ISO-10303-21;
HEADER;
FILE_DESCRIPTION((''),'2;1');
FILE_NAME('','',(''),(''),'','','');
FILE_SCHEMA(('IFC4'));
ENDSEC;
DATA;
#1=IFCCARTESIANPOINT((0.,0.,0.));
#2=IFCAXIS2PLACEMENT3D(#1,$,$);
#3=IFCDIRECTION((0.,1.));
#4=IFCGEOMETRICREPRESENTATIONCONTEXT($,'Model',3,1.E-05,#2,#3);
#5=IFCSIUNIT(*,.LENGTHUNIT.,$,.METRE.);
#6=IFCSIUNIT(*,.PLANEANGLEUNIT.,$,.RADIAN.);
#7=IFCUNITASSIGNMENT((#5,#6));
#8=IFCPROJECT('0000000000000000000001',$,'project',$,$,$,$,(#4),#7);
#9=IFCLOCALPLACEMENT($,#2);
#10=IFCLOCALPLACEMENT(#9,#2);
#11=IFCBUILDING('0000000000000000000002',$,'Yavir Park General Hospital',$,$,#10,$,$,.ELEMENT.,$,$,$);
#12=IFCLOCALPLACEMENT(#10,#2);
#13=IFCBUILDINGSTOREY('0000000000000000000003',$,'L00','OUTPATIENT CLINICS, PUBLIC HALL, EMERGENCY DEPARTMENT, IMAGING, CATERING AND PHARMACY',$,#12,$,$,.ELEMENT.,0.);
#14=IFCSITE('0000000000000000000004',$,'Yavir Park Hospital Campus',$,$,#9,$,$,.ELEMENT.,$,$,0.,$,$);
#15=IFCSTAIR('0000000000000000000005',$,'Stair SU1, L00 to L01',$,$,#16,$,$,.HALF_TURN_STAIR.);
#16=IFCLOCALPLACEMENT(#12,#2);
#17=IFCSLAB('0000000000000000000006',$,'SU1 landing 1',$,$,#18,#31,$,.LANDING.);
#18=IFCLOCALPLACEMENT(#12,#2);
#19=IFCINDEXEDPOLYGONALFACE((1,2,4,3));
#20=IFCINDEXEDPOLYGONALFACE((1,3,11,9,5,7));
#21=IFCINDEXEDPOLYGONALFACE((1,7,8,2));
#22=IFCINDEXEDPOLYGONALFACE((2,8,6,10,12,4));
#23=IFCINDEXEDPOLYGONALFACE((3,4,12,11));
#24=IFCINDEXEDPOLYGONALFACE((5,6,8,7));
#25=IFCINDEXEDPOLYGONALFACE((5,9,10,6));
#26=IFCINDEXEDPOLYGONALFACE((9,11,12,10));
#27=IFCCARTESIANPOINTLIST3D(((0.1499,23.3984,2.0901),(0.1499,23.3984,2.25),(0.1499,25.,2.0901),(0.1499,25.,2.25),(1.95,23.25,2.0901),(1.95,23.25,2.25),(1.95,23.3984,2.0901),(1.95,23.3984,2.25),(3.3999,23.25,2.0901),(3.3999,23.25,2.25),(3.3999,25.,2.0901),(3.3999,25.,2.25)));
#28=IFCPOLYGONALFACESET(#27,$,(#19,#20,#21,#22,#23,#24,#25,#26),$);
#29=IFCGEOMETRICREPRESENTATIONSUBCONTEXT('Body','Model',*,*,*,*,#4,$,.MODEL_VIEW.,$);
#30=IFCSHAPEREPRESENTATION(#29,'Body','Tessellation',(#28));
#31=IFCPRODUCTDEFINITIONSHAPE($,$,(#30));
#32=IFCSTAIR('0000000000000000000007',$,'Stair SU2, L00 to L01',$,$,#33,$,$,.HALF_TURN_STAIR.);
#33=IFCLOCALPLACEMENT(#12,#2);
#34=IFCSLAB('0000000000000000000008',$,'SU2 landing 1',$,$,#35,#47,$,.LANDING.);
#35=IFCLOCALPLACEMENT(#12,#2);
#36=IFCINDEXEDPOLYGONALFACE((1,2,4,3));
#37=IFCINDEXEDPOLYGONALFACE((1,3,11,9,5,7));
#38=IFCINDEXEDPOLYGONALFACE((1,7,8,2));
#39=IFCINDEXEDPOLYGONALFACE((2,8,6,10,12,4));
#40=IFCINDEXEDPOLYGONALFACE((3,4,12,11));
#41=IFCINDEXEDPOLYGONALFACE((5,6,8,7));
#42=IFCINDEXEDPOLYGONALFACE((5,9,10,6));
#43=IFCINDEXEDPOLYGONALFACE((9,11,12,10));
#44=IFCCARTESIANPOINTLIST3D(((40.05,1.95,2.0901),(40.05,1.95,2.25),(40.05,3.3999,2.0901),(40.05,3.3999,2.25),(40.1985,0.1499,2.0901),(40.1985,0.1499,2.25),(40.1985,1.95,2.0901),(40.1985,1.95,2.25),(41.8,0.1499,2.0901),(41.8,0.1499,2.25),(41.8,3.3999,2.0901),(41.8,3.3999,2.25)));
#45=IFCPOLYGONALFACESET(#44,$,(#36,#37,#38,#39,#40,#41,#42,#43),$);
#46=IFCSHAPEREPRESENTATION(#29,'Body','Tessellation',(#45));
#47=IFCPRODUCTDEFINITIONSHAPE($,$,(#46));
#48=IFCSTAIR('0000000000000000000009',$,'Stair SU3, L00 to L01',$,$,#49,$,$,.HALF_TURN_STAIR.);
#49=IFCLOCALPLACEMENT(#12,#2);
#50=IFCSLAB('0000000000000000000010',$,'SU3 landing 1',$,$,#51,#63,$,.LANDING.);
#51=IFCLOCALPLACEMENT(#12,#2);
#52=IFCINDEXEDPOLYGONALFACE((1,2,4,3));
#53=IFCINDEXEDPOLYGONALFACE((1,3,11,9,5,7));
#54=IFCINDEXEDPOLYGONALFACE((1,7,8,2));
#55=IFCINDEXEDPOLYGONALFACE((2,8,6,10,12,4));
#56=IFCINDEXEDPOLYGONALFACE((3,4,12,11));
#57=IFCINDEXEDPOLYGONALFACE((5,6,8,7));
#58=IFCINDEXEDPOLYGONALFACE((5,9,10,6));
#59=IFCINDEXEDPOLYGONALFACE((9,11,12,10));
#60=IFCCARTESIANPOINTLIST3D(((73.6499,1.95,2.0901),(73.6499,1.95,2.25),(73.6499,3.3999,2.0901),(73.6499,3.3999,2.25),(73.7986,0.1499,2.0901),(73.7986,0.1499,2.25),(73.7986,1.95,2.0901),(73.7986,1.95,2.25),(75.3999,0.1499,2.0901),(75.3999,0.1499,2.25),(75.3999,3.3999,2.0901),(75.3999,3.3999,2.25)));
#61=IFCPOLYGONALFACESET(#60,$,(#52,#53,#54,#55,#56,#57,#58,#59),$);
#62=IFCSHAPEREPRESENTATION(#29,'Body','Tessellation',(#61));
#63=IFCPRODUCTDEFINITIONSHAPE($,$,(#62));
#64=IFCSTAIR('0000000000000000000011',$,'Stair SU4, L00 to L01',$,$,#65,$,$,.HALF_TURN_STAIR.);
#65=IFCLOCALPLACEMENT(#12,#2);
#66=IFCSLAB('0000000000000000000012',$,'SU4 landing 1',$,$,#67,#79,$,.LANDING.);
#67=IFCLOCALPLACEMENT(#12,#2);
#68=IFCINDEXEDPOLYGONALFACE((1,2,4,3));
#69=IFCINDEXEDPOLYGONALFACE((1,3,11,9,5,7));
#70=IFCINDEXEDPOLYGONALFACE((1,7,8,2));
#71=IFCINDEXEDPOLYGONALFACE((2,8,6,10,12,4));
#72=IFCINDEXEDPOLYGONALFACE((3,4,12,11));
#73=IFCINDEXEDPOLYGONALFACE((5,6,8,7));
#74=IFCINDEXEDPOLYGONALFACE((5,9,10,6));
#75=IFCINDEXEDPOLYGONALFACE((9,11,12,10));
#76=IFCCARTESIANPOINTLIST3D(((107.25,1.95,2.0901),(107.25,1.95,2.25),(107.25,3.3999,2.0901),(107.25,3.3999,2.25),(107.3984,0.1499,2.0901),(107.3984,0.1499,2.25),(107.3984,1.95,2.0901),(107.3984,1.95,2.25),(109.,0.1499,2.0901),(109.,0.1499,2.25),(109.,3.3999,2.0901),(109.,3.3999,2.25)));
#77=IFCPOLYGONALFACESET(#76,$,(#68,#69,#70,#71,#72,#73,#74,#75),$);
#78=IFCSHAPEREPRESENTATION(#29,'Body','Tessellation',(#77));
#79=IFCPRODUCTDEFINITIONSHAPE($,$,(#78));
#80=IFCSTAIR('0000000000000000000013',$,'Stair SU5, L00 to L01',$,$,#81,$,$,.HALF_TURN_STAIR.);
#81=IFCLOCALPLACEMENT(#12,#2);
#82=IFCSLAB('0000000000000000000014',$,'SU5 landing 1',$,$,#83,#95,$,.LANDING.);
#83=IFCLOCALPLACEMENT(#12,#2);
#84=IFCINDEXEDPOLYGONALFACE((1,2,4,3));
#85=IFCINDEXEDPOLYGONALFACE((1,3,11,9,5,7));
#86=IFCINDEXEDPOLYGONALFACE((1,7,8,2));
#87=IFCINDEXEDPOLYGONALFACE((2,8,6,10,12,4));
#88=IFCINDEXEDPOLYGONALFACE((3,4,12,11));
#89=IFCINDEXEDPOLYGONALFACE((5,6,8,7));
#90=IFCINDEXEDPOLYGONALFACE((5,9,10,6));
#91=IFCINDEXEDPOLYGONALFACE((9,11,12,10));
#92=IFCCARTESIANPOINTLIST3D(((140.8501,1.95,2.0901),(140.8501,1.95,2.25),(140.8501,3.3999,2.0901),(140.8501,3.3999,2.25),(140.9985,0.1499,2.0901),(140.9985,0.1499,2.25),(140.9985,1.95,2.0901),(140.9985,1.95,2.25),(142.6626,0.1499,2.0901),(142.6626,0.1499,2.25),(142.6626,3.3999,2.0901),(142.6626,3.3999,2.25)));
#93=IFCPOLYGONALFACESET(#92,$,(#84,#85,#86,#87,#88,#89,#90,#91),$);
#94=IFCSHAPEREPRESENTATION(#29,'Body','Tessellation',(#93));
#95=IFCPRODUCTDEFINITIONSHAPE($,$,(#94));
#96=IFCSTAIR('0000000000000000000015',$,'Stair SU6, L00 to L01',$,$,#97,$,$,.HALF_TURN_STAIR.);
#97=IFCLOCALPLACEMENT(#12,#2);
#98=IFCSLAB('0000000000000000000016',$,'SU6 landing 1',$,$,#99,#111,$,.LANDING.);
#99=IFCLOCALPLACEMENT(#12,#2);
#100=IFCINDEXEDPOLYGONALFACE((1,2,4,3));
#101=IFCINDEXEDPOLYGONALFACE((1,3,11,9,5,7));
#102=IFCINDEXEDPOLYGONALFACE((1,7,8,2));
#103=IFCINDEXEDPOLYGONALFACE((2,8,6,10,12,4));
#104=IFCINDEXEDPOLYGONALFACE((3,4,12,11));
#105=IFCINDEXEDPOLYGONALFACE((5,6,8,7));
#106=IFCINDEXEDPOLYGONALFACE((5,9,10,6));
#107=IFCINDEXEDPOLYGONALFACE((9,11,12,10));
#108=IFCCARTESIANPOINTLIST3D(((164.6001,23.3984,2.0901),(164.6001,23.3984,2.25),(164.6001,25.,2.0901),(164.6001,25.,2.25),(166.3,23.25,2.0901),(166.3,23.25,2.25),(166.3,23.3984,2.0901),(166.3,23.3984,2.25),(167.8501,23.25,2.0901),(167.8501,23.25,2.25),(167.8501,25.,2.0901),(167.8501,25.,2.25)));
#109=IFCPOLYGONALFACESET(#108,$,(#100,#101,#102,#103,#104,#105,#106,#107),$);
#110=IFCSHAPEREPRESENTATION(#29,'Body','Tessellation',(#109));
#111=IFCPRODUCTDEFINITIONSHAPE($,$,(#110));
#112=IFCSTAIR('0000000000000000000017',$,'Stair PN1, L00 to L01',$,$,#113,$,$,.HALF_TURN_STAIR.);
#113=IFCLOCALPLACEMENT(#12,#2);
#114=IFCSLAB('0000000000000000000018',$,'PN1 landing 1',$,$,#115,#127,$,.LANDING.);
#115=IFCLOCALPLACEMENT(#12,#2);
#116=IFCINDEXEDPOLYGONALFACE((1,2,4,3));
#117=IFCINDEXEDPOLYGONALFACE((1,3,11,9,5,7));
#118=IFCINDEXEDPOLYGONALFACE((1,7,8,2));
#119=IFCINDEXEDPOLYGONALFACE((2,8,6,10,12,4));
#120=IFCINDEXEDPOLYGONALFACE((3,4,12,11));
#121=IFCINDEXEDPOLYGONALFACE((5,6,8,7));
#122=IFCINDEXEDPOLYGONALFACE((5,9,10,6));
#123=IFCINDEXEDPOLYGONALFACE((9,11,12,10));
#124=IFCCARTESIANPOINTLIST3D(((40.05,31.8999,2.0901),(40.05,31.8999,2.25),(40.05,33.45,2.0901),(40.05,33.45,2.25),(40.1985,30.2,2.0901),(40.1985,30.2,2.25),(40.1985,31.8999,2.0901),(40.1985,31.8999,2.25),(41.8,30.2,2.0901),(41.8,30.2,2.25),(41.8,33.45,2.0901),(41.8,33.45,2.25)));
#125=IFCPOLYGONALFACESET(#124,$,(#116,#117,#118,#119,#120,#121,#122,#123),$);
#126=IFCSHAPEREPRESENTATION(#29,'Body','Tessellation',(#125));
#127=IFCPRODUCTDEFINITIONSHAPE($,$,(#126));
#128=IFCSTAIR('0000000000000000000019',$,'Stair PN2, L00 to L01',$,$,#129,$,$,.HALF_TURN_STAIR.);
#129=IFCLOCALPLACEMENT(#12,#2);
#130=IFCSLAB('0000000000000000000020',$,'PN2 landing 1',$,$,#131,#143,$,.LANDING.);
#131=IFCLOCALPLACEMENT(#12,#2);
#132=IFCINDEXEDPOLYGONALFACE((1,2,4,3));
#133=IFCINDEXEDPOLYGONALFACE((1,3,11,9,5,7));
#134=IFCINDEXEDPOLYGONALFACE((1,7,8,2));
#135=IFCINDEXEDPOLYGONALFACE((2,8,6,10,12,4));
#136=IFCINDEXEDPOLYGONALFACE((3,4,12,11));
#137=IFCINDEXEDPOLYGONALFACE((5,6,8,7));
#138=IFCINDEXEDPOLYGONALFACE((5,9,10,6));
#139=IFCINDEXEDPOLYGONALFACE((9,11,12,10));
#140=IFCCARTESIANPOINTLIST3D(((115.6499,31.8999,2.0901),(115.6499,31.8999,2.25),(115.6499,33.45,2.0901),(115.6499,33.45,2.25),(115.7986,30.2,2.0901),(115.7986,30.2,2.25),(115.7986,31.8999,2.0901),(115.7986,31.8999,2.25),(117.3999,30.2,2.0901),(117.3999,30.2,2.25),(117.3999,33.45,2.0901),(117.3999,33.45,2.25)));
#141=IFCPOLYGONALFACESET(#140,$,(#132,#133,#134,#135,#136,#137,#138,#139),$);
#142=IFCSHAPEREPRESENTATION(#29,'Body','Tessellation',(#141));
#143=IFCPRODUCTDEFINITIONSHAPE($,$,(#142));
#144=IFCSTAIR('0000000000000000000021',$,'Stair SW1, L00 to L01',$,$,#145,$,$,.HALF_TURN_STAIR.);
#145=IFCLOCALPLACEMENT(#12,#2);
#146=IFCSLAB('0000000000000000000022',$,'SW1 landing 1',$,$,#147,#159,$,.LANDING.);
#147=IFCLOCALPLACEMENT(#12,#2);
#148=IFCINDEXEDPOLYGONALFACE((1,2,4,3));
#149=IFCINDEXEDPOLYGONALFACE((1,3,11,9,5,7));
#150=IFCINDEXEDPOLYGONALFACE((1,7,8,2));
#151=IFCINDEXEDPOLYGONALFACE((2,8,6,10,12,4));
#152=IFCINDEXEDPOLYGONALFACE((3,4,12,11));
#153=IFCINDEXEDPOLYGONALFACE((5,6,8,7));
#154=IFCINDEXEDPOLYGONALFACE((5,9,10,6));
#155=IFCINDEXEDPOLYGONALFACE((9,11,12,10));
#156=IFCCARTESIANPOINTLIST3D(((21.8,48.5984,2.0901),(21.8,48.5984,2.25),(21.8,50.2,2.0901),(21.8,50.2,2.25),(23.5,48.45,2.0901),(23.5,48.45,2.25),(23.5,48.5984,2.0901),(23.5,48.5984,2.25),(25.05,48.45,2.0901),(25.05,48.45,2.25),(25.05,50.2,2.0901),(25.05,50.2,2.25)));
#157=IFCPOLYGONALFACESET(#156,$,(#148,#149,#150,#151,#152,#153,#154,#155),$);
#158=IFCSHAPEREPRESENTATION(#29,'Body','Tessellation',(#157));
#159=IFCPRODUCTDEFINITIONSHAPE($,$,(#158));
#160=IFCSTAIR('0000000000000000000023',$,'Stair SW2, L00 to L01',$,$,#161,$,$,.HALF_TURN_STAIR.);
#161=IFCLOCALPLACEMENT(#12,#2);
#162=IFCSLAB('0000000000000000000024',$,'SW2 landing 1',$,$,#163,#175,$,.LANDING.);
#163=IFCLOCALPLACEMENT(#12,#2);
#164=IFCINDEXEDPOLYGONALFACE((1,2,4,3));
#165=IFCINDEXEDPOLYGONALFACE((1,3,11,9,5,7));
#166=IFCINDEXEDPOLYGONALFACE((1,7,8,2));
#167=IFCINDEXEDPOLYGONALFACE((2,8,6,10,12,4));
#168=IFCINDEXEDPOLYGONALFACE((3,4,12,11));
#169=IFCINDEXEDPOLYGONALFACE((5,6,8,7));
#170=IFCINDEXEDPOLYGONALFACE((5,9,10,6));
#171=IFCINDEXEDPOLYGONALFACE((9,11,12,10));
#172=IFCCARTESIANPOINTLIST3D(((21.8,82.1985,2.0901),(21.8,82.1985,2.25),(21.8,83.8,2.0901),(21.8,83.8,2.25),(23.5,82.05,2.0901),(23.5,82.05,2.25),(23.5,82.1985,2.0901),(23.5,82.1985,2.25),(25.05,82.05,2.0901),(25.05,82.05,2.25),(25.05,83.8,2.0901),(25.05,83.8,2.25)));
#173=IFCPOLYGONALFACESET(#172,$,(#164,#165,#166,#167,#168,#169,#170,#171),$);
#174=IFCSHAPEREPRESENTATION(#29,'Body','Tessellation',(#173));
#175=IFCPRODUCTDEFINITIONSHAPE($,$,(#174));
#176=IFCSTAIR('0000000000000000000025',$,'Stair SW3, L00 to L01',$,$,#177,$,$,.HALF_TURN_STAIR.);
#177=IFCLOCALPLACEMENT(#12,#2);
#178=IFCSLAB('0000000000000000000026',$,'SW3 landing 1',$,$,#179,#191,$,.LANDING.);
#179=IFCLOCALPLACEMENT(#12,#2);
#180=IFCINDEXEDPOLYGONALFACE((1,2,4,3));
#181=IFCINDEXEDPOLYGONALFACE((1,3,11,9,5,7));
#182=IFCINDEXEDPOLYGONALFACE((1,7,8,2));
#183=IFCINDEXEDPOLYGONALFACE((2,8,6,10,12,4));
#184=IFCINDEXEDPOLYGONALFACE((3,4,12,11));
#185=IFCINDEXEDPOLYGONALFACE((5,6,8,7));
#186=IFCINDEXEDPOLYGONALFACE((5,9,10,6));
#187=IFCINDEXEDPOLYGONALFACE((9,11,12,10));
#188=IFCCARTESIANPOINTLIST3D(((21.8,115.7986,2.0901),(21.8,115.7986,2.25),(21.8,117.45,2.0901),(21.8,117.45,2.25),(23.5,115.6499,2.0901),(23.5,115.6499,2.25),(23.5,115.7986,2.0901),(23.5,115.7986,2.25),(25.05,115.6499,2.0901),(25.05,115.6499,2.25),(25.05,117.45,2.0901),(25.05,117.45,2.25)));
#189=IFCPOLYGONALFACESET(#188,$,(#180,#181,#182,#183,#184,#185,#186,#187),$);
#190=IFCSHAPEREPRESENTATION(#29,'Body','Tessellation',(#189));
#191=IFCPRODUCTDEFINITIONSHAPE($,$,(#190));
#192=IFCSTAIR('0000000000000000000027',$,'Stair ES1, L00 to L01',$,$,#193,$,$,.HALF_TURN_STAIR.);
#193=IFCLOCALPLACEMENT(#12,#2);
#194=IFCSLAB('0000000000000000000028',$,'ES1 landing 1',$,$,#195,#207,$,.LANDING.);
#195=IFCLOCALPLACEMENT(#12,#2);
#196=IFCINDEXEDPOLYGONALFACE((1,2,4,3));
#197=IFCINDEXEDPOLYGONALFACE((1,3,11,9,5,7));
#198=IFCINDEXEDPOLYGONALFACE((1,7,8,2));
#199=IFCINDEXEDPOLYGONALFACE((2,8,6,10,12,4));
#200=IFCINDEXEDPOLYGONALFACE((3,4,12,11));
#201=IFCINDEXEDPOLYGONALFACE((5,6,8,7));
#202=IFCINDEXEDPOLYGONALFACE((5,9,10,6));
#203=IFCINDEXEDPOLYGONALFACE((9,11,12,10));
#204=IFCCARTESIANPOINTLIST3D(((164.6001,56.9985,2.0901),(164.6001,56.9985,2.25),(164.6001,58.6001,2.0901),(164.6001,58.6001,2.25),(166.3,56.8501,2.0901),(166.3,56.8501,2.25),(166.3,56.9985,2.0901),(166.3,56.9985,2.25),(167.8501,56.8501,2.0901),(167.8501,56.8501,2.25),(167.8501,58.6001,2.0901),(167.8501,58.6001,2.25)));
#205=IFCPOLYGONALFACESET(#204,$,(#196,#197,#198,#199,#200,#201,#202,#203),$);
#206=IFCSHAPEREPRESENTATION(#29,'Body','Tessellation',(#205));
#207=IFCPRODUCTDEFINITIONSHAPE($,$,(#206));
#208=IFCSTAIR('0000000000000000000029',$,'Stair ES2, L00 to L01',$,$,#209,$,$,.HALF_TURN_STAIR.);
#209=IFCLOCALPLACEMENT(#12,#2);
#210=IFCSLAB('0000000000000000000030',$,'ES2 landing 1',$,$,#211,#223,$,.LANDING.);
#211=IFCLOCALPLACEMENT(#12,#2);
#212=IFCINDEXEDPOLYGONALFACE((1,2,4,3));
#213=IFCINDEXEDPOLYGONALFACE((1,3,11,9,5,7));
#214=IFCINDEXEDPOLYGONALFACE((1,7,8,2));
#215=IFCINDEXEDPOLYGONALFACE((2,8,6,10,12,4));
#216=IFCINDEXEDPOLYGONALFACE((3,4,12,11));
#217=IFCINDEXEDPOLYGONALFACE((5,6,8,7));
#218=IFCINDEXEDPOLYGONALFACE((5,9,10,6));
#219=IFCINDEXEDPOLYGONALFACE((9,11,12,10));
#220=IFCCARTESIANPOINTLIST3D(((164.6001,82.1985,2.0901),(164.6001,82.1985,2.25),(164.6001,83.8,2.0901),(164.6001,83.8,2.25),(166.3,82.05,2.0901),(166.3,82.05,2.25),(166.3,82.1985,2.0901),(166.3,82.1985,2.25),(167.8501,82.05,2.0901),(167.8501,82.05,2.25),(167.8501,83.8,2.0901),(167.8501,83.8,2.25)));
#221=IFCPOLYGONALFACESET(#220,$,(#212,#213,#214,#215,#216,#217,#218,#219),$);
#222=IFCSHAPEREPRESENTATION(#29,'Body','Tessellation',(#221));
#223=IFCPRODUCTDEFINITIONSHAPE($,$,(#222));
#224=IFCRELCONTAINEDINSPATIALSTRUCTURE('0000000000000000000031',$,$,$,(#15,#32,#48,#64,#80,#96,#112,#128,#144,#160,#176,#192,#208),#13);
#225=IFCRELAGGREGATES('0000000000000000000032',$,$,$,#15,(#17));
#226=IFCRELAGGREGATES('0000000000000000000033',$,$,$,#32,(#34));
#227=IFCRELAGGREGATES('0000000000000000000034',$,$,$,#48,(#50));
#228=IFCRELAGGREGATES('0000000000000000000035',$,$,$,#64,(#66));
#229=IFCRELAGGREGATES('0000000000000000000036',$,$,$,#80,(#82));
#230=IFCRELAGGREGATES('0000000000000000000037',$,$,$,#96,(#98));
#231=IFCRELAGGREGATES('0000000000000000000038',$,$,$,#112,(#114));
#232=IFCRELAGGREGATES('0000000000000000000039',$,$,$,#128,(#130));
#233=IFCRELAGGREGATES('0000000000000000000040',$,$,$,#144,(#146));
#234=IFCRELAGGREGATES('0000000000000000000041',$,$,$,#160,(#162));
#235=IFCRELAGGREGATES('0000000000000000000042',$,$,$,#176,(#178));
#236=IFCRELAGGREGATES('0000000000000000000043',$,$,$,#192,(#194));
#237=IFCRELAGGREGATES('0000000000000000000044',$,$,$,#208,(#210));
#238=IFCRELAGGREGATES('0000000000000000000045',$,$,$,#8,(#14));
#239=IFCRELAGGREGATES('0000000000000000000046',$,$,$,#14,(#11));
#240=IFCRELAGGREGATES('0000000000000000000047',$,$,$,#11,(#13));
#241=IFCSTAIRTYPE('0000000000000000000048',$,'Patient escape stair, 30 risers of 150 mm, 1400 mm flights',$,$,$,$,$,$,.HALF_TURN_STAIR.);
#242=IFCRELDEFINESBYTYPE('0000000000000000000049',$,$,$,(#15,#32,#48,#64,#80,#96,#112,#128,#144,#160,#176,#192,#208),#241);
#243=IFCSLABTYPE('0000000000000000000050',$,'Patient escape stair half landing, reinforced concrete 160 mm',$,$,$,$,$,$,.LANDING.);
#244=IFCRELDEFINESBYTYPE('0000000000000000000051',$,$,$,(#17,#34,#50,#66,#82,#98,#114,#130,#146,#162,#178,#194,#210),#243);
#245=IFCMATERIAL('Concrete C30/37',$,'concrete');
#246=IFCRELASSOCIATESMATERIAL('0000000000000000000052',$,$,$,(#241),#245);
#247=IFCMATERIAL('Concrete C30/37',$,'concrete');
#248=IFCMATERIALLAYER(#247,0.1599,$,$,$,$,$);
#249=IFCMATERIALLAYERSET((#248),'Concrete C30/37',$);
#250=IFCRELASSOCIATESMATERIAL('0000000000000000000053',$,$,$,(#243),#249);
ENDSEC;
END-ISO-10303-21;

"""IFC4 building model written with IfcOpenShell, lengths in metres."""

from ifc_helpers import new_model, si_unit, direction, frame, origin, place, context, subcontext, project, spatial, polyline, outline, extrude, material, layer, layer_set, type_object, element, aggregate, save


model = new_model("IFC4")

# Units and contexts
model_context = context("Model", 3, precision=1e-05, world=origin(), true_north=direction((0.0, 1.0)))
body_context = subcontext(model_context, "Body", "Model", "MODEL_VIEW")
ifc_project = project(units=[si_unit("LENGTHUNIT", "METRE"), si_unit("PLANEANGLEUNIT", "RADIAN")], contexts=[model_context])

# Site, building, storey
site_placement = place(None, origin())
site = spatial("IfcSite", under=ifc_project, at=site_placement, Name="Yavir Park Hospital Campus", CompositionType="ELEMENT", RefElevation=0.0)
building_placement = place(site_placement, origin())
building = spatial("IfcBuilding", under=site, at=building_placement, Name="Yavir Park General Hospital", CompositionType="ELEMENT")
storey_placement = place(building_placement, origin())
storey = spatial("IfcBuildingStorey", under=building, at=storey_placement, Name="L00", Description="OUTPATIENT CLINICS, PUBLIC HALL, EMERGENCY DEPARTMENT, IMAGING, CATERING AND PHARMACY", CompositionType="ELEMENT", Elevation=0.0)

# Stairs, slabs
ifc_material_1 = material(Name="Concrete C30/37", Category="concrete")
stair_type = type_object("IfcStairType", Name="Patient escape stair, 30 risers of 150 mm, 1400 mm flights", PredefinedType="HALF_TURN_STAIR", material=ifc_material_1)
stair_1_placement = place(storey_placement, origin())
stair_1 = element("IfcStair", 1, at=stair_1_placement, inside=storey, type_object=stair_type, Name="Stair SU1, L00 to L01", PredefinedType="HALF_TURN_STAIR")
ifc_material_2 = material(Name="Concrete C30/37", Category="concrete")
ifc_layer = layer(ifc_material_2, 0.1599)
ifc_layer_set = layer_set([ifc_layer], Name="Concrete C30/37")
slab_type = type_object("IfcSlabType", Name="Patient escape stair half landing, reinforced concrete 160 mm", PredefinedType="LANDING", material=ifc_layer_set)
slab_1_placement = place(storey_placement, frame((0.0, 0.0, 2.0901)))
slab_1 = element("IfcSlab", 2, at=slab_1_placement, type_object=slab_type, Name="SU1 landing 1", PredefinedType="LANDING", context=body_context, shape_type="SweptSolid", body=[
    extrude(outline(polyline([(0.1499, 23.3984), (0.1499, 25.0), (3.3999, 25.0), (3.3999, 23.25), (1.95, 23.25), (1.95, 23.3984), (0.1499, 23.3984)])), origin(), (0.0, 0.0, 1.0), 0.1599),
])
aggregate(stair_1, [slab_1])
stair_2_placement = place(storey_placement, origin())
stair_2 = element("IfcStair", 3, at=stair_2_placement, inside=storey, type_object=stair_type, Name="Stair SU2, L00 to L01", PredefinedType="HALF_TURN_STAIR")
slab_2_placement = place(storey_placement, frame((0.0, 0.0, 2.0901)))
slab_2 = element("IfcSlab", 4, at=slab_2_placement, type_object=slab_type, Name="SU2 landing 1", PredefinedType="LANDING", context=body_context, shape_type="SweptSolid", body=[
    extrude(outline(polyline([(40.1985, 0.1499), (41.8, 0.1499), (41.8, 3.3999), (40.05, 3.3999), (40.05, 1.95), (40.1985, 1.95), (40.1985, 0.1499)])), origin(), (0.0, 0.0, 1.0), 0.1599),
])
aggregate(stair_2, [slab_2])
stair_3_placement = place(storey_placement, origin())
stair_3 = element("IfcStair", 5, at=stair_3_placement, inside=storey, type_object=stair_type, Name="Stair SU3, L00 to L01", PredefinedType="HALF_TURN_STAIR")
slab_3_placement = place(storey_placement, frame((0.0, 0.0, 2.0901)))
slab_3 = element("IfcSlab", 6, at=slab_3_placement, type_object=slab_type, Name="SU3 landing 1", PredefinedType="LANDING", context=body_context, shape_type="SweptSolid", body=[
    extrude(outline(polyline([(73.7986, 0.1499), (75.3999, 0.1499), (75.3999, 3.3999), (73.6499, 3.3999), (73.6499, 1.95), (73.7986, 1.95), (73.7986, 0.1499)])), origin(), (0.0, 0.0, 1.0), 0.1599),
])
aggregate(stair_3, [slab_3])
stair_4_placement = place(storey_placement, origin())
stair_4 = element("IfcStair", 7, at=stair_4_placement, inside=storey, type_object=stair_type, Name="Stair SU4, L00 to L01", PredefinedType="HALF_TURN_STAIR")
slab_4_placement = place(storey_placement, frame((0.0, 0.0, 2.0901)))
slab_4 = element("IfcSlab", 8, at=slab_4_placement, type_object=slab_type, Name="SU4 landing 1", PredefinedType="LANDING", context=body_context, shape_type="SweptSolid", body=[
    extrude(outline(polyline([(107.3984, 0.1499), (109.0, 0.1499), (109.0, 3.3999), (107.25, 3.3999), (107.25, 1.95), (107.3984, 1.95), (107.3984, 0.1499)])), origin(), (0.0, 0.0, 1.0), 0.1599),
])
aggregate(stair_4, [slab_4])
stair_5_placement = place(storey_placement, origin())
stair_5 = element("IfcStair", 9, at=stair_5_placement, inside=storey, type_object=stair_type, Name="Stair SU5, L00 to L01", PredefinedType="HALF_TURN_STAIR")
slab_5_placement = place(storey_placement, frame((0.0, 0.0, 2.0901)))
slab_5 = element("IfcSlab", 10, at=slab_5_placement, type_object=slab_type, Name="SU5 landing 1", PredefinedType="LANDING", context=body_context, shape_type="SweptSolid", body=[
    extrude(outline(polyline([(140.9985, 0.1499), (142.6626, 0.1499), (142.6626, 3.3999), (140.8501, 3.3999), (140.8501, 1.95), (140.9985, 1.95), (140.9985, 0.1499)])), origin(), (0.0, 0.0, 1.0), 0.1599),
])
aggregate(stair_5, [slab_5])
stair_6_placement = place(storey_placement, origin())
stair_6 = element("IfcStair", 11, at=stair_6_placement, inside=storey, type_object=stair_type, Name="Stair SU6, L00 to L01", PredefinedType="HALF_TURN_STAIR")
slab_6_placement = place(storey_placement, frame((0.0, 0.0, 2.0901)))
slab_6 = element("IfcSlab", 12, at=slab_6_placement, type_object=slab_type, Name="SU6 landing 1", PredefinedType="LANDING", context=body_context, shape_type="SweptSolid", body=[
    extrude(outline(polyline([(164.6001, 23.3984), (164.6001, 25.0), (167.8501, 25.0), (167.8501, 23.25), (166.3, 23.25), (166.3, 23.3984), (164.6001, 23.3984)])), origin(), (0.0, 0.0, 1.0), 0.1599),
])
aggregate(stair_6, [slab_6])
stair_7_placement = place(storey_placement, origin())
stair_7 = element("IfcStair", 13, at=stair_7_placement, inside=storey, type_object=stair_type, Name="Stair PN1, L00 to L01", PredefinedType="HALF_TURN_STAIR")
slab_7_placement = place(storey_placement, frame((0.0, 0.0, 2.0901)))
slab_7 = element("IfcSlab", 14, at=slab_7_placement, type_object=slab_type, Name="PN1 landing 1", PredefinedType="LANDING", context=body_context, shape_type="SweptSolid", body=[
    extrude(outline(polyline([(40.1985, 30.2), (41.8, 30.2), (41.8, 33.45), (40.05, 33.45), (40.05, 31.8999), (40.1985, 31.8999), (40.1985, 30.2)])), origin(), (0.0, 0.0, 1.0), 0.1599),
])
aggregate(stair_7, [slab_7])
stair_8_placement = place(storey_placement, origin())
stair_8 = element("IfcStair", 15, at=stair_8_placement, inside=storey, type_object=stair_type, Name="Stair PN2, L00 to L01", PredefinedType="HALF_TURN_STAIR")
slab_8_placement = place(storey_placement, frame((0.0, 0.0, 2.0901)))
slab_8 = element("IfcSlab", 16, at=slab_8_placement, type_object=slab_type, Name="PN2 landing 1", PredefinedType="LANDING", context=body_context, shape_type="SweptSolid", body=[
    extrude(outline(polyline([(115.7986, 30.2), (117.3999, 30.2), (117.3999, 33.45), (115.6499, 33.45), (115.6499, 31.8999), (115.7986, 31.8999), (115.7986, 30.2)])), origin(), (0.0, 0.0, 1.0), 0.1599),
])
aggregate(stair_8, [slab_8])
stair_9_placement = place(storey_placement, origin())
stair_9 = element("IfcStair", 17, at=stair_9_placement, inside=storey, type_object=stair_type, Name="Stair SW1, L00 to L01", PredefinedType="HALF_TURN_STAIR")
slab_9_placement = place(storey_placement, frame((0.0, 0.0, 2.0901)))
slab_9 = element("IfcSlab", 18, at=slab_9_placement, type_object=slab_type, Name="SW1 landing 1", PredefinedType="LANDING", context=body_context, shape_type="SweptSolid", body=[
    extrude(outline(polyline([(21.8, 48.5984), (21.8, 50.2), (25.05, 50.2), (25.05, 48.45), (23.5, 48.45), (23.5, 48.5984), (21.8, 48.5984)])), origin(), (0.0, 0.0, 1.0), 0.1599),
])
aggregate(stair_9, [slab_9])
stair_10_placement = place(storey_placement, origin())
stair_10 = element("IfcStair", 19, at=stair_10_placement, inside=storey, type_object=stair_type, Name="Stair SW2, L00 to L01", PredefinedType="HALF_TURN_STAIR")
slab_10_placement = place(storey_placement, frame((0.0, 0.0, 2.0901)))
slab_10 = element("IfcSlab", 20, at=slab_10_placement, type_object=slab_type, Name="SW2 landing 1", PredefinedType="LANDING", context=body_context, shape_type="SweptSolid", body=[
    extrude(outline(polyline([(21.8, 82.1985), (21.8, 83.8), (25.05, 83.8), (25.05, 82.05), (23.5, 82.05), (23.5, 82.1985), (21.8, 82.1985)])), origin(), (0.0, 0.0, 1.0), 0.1599),
])
aggregate(stair_10, [slab_10])
stair_11_placement = place(storey_placement, origin())
stair_11 = element("IfcStair", 21, at=stair_11_placement, inside=storey, type_object=stair_type, Name="Stair SW3, L00 to L01", PredefinedType="HALF_TURN_STAIR")
slab_11_placement = place(storey_placement, frame((0.0, 0.0, 2.0901)))
slab_11 = element("IfcSlab", 22, at=slab_11_placement, type_object=slab_type, Name="SW3 landing 1", PredefinedType="LANDING", context=body_context, shape_type="SweptSolid", body=[
    extrude(outline(polyline([(21.8, 115.7986), (21.8, 117.45), (25.05, 117.45), (25.05, 115.6499), (23.5, 115.6499), (23.5, 115.7986), (21.8, 115.7986)])), origin(), (0.0, 0.0, 1.0), 0.1599),
])
aggregate(stair_11, [slab_11])
stair_12_placement = place(storey_placement, origin())
stair_12 = element("IfcStair", 23, at=stair_12_placement, inside=storey, type_object=stair_type, Name="Stair ES1, L00 to L01", PredefinedType="HALF_TURN_STAIR")
slab_12_placement = place(storey_placement, frame((0.0, 0.0, 2.0901)))
slab_12 = element("IfcSlab", 24, at=slab_12_placement, type_object=slab_type, Name="ES1 landing 1", PredefinedType="LANDING", context=body_context, shape_type="SweptSolid", body=[
    extrude(outline(polyline([(164.6001, 56.9985), (164.6001, 58.6001), (167.8501, 58.6001), (167.8501, 56.8501), (166.3, 56.8501), (166.3, 56.9985), (164.6001, 56.9985)])), origin(), (0.0, 0.0, 1.0), 0.1599),
])
aggregate(stair_12, [slab_12])
stair_13_placement = place(storey_placement, origin())
stair_13 = element("IfcStair", 25, at=stair_13_placement, inside=storey, type_object=stair_type, Name="Stair ES2, L00 to L01", PredefinedType="HALF_TURN_STAIR")
slab_13_placement = place(storey_placement, frame((0.0, 0.0, 2.0901)))
slab_13 = element("IfcSlab", 26, at=slab_13_placement, type_object=slab_type, Name="ES2 landing 1", PredefinedType="LANDING", context=body_context, shape_type="SweptSolid", body=[
    extrude(outline(polyline([(164.6001, 82.1985), (164.6001, 83.8), (167.8501, 83.8), (167.8501, 82.05), (166.3, 82.05), (166.3, 82.1985), (164.6001, 82.1985)])), origin(), (0.0, 0.0, 1.0), 0.1599),
])
aggregate(stair_13, [slab_13])

save(model, "model.ifc")
